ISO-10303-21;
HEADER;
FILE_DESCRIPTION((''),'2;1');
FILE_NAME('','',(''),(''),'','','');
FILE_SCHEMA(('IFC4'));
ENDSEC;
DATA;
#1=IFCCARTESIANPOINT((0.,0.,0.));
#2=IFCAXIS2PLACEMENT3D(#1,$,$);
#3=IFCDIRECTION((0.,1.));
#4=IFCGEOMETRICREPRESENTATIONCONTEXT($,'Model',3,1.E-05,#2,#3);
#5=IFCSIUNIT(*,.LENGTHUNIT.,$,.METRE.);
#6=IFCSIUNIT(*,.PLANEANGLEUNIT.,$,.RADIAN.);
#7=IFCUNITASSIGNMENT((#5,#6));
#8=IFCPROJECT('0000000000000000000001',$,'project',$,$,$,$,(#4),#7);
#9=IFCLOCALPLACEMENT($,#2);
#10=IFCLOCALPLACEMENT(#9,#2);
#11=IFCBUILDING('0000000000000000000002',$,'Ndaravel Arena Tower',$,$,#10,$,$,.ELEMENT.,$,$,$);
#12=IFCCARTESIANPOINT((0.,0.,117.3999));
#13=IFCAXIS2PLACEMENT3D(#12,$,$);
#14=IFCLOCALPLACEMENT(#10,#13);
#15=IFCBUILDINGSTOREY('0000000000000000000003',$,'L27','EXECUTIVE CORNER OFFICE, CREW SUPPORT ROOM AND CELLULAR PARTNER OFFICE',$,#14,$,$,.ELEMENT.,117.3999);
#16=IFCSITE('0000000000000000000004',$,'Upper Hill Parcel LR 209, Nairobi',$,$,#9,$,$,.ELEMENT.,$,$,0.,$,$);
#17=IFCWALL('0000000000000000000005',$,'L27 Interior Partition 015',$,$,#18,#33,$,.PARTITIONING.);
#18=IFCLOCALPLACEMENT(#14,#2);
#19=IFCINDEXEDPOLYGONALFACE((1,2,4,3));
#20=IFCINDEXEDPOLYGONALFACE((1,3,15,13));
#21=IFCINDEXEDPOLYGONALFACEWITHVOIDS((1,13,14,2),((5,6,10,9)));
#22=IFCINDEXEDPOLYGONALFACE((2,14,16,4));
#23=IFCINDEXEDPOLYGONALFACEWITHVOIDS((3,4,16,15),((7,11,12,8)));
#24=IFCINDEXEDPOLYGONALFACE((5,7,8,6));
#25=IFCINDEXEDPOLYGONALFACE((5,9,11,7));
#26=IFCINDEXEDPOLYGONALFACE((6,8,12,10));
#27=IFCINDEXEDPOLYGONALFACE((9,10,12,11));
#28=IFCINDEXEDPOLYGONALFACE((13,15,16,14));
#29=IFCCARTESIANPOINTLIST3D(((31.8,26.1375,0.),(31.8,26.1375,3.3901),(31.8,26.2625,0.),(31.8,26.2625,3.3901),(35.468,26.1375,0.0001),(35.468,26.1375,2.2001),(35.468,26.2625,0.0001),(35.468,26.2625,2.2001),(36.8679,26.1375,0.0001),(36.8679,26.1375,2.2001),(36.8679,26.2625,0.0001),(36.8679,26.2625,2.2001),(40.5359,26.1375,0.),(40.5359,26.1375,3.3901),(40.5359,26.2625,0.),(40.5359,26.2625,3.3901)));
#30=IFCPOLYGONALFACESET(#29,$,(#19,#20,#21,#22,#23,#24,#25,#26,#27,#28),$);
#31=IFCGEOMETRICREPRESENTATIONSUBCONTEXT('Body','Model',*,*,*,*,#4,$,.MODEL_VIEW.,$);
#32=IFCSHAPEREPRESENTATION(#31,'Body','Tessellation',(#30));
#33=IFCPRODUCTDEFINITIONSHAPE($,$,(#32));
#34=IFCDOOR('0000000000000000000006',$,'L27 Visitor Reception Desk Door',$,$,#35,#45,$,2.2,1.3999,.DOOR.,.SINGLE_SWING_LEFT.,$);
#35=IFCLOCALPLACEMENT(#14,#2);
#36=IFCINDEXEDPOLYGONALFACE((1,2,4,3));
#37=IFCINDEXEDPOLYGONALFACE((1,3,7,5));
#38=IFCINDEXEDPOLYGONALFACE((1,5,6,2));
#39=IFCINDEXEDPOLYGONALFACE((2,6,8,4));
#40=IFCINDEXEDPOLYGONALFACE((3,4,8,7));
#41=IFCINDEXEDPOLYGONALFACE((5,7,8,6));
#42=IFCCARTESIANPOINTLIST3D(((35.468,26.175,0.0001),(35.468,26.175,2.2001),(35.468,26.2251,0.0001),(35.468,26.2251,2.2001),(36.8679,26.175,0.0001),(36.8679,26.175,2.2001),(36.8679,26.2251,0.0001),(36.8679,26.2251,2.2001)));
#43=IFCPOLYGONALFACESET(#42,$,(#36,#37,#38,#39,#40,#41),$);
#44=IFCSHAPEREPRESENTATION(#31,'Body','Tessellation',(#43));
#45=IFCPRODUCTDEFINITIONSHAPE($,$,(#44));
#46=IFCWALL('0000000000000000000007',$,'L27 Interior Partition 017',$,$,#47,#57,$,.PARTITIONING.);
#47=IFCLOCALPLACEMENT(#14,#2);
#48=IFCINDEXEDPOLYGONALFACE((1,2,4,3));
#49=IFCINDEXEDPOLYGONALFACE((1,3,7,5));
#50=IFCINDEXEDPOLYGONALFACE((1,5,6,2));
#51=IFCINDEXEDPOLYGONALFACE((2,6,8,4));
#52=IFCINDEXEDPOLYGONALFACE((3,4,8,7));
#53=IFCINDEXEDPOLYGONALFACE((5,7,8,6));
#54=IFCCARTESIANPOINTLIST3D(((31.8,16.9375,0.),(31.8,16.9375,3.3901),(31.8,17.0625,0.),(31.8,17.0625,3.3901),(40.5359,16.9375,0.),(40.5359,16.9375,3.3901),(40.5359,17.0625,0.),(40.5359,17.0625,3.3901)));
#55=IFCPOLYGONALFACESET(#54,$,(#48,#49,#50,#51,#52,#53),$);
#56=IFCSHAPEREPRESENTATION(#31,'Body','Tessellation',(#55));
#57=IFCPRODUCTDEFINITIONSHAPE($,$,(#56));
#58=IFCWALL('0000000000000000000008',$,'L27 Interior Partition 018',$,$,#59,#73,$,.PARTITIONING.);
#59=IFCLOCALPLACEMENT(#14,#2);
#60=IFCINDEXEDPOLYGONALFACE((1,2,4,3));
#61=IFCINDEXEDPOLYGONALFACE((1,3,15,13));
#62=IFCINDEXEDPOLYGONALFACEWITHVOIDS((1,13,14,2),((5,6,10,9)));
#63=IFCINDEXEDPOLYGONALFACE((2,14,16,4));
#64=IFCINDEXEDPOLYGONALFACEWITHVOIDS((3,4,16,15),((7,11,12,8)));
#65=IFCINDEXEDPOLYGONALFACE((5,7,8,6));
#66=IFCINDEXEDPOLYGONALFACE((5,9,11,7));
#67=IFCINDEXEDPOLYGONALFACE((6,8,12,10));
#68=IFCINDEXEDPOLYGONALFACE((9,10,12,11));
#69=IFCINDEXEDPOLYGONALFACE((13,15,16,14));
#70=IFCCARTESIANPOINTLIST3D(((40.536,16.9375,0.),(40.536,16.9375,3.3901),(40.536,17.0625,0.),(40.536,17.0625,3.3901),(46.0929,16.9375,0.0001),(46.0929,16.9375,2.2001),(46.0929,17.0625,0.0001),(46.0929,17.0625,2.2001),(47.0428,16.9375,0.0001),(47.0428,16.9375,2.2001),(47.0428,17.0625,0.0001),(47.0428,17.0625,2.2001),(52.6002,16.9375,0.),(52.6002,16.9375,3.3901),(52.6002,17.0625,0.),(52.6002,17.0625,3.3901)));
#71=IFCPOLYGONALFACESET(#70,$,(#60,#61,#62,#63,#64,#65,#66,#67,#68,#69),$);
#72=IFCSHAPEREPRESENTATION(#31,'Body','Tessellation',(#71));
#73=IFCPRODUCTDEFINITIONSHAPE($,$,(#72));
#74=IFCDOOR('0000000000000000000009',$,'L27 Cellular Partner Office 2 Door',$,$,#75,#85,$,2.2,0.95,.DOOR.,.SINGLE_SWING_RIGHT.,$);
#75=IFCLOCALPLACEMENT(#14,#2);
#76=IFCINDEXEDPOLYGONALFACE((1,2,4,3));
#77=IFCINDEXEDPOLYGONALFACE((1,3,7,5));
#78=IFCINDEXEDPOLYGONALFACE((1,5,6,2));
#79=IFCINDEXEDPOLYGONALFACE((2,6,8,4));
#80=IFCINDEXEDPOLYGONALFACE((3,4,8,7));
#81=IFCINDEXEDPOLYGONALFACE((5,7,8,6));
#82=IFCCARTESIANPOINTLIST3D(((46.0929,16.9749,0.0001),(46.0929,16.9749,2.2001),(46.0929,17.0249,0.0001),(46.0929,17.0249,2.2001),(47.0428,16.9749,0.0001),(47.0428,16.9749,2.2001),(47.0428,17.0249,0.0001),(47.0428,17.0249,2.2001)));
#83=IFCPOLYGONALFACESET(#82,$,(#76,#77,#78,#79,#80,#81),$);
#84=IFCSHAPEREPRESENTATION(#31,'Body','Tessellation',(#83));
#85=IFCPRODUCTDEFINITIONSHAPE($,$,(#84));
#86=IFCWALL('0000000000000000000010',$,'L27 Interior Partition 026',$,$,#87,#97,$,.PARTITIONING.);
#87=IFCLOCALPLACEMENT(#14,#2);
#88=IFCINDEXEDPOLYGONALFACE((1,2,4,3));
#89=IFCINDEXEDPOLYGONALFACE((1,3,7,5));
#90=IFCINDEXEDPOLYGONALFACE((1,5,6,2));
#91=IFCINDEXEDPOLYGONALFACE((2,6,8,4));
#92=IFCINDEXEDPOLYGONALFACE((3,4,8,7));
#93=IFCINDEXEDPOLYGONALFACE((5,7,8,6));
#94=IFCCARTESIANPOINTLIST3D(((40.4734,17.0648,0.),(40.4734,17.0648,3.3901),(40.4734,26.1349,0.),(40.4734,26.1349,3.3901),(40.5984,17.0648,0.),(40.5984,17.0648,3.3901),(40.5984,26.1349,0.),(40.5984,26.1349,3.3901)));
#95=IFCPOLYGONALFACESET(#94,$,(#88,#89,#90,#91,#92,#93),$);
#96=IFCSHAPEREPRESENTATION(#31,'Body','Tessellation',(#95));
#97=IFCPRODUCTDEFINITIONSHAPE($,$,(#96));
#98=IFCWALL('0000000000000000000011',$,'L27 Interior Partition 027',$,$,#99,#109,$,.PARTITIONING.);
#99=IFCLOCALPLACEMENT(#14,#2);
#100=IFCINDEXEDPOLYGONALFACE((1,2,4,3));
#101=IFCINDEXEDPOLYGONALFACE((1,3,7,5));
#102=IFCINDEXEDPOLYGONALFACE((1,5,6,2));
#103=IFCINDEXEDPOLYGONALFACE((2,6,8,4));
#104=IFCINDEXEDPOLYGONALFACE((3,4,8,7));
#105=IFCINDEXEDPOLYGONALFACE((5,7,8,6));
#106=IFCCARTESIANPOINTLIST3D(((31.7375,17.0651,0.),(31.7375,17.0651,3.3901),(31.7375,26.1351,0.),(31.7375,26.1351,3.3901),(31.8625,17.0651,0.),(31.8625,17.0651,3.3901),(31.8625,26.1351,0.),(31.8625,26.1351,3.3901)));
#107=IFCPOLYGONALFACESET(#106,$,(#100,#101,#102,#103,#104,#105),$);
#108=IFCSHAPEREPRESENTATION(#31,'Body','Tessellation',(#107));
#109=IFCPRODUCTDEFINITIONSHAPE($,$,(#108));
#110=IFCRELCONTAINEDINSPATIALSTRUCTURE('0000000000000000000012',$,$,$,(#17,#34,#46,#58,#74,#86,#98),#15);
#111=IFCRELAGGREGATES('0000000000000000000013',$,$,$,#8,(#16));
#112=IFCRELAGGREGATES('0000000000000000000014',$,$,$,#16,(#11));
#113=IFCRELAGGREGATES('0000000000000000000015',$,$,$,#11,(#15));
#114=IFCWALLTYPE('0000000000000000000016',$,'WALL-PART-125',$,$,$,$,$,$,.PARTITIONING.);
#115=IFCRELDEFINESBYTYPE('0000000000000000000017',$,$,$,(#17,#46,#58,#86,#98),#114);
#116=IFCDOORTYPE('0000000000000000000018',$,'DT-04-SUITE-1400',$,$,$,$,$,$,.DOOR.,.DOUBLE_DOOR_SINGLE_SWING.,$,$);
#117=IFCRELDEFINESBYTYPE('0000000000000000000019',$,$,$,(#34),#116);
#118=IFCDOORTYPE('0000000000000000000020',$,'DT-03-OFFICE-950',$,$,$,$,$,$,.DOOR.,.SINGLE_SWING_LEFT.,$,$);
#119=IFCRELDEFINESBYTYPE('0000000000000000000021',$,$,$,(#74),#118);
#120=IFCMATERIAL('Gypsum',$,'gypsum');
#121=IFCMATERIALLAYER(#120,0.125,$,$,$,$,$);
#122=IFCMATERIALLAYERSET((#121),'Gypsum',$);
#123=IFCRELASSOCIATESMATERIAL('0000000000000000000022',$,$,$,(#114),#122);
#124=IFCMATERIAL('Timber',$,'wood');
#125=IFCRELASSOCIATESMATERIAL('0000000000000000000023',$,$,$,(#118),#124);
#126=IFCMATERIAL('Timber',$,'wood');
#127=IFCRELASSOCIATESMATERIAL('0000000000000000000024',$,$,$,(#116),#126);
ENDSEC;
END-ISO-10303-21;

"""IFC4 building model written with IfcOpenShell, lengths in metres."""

from ifc_helpers import new_model, si_unit, direction, frame, frame_2d, origin, place, context, subcontext, project, spatial, rectangle, extrude, material, layer, layer_set, type_object, element, fill, save


model = new_model("IFC4")

# Units and contexts
model_context = context("Model", 3, precision=1e-05, world=origin(), true_north=direction((0.0, 1.0)))
body_context = subcontext(model_context, "Body", "Model", "MODEL_VIEW")
ifc_project = project(units=[si_unit("LENGTHUNIT", "METRE"), si_unit("PLANEANGLEUNIT", "RADIAN")], contexts=[model_context])

# Site, building, storey
site_placement = place(None, origin())
site = spatial("IfcSite", under=ifc_project, at=site_placement, Name="Upper Hill Parcel LR 209, Nairobi", CompositionType="ELEMENT", RefElevation=0.0)
building_placement = place(site_placement, origin())
building = spatial("IfcBuilding", under=site, at=building_placement, Name="Ndaravel Arena Tower", CompositionType="ELEMENT")
storey_placement = place(building_placement, frame((0.0, 0.0, 117.3999)))
storey = spatial("IfcBuildingStorey", under=building, at=storey_placement, Name="L27", Description="EXECUTIVE CORNER OFFICE, CREW SUPPORT ROOM AND CELLULAR PARTNER OFFICE", CompositionType="ELEMENT", Elevation=117.3999)

# Wall, opening, door
ifc_material_1 = material(Name="Gypsum", Category="gypsum")
ifc_layer_1 = layer(ifc_material_1, 0.125)
ifc_layer_set_1 = layer_set([ifc_layer_1], Name="Gypsum")
wall_type = type_object("IfcWallType", Name="WALL-PART-125", PredefinedType="PARTITIONING", material=ifc_layer_set_1)
ifc_material_2 = material(Name="Timber", Category="wood")
door_type_1 = type_object("IfcDoorType", Name="DT-03-OFFICE-950", OperationType="SINGLE_SWING_LEFT", PredefinedType="DOOR", material=ifc_material_2)
wall_1_placement = place(storey_placement, frame((40.5359, 26.2, 0.0), z_axis=(0.0, 0.0, 1.0), x_axis=(-1.0, 0.0, 0.0)))
wall_1 = element("IfcWall", 1, at=wall_1_placement, inside=storey, type_object=wall_type, Name="L27 Interior Partition 015", PredefinedType="PARTITIONING", context=body_context, shape_type="SweptSolid", body=[
    extrude(rectangle(XDim=8.7358, YDim=0.125, at=frame_2d((4.3679, 0.0))), origin(), (0.0, 0.0, 1.0), 3.3901),
])
opening_1_placement = place(wall_1_placement, frame((3.668, 0.0, 0.0)))
opening_1 = element("IfcOpeningElement", 2, at=opening_1_placement, cuts=wall_1, PredefinedType="OPENING", context=body_context, shape_type="SweptSolid", body=[
    extrude(rectangle(XDim=1.3999, YDim=2.2, at=frame_2d((0.7, 1.1001))), frame((0.0, 0.0625, 0.0), z_axis=(0.0, -1.0, 0.0), x_axis=(1.0, 0.0, 0.0)), (0.0, 0.0, 1.0), 0.125),
])
ifc_material_3 = material(Name="Timber", Category="wood")
door_type_2 = type_object("IfcDoorType", Name="DT-04-SUITE-1400", OperationType="DOUBLE_DOOR_SINGLE_SWING", PredefinedType="DOOR", material=ifc_material_3)
door_1_placement = place(opening_1_placement, origin())
door_1 = element("IfcDoor", 3, at=door_1_placement, inside=storey, type_object=door_type_2, Name="L27 Visitor Reception Desk Door", OperationType="SINGLE_SWING_LEFT", OverallHeight=2.2, OverallWidth=1.3999, PredefinedType="DOOR", context=body_context, shape_type="SweptSolid", body=[
    extrude(rectangle(XDim=1.3999, YDim=2.2, at=frame_2d((0.7, 1.1001))), frame((0.0, 0.0249, 0.0), z_axis=(0.0, -1.0, 0.0), x_axis=(1.0, 0.0, 0.0)), (0.0, 0.0, 1.0), 0.05),
])
fill(opening_1, door_1)

# Wall
wall_2_placement = place(storey_placement, frame((31.8, 17.0, 0.0), z_axis=(0.0, 0.0, 1.0), x_axis=(1.0, 0.0, 0.0)))
element("IfcWall", 4, at=wall_2_placement, inside=storey, type_object=wall_type, Name="L27 Interior Partition 017", PredefinedType="PARTITIONING", context=body_context, shape_type="SweptSolid", body=[
    extrude(rectangle(XDim=8.7358, YDim=0.125, at=frame_2d((4.3679, 0.0))), origin(), (0.0, 0.0, 1.0), 3.3901),
])

# Wall, opening, door
wall_3_placement = place(storey_placement, frame((40.5359, 17.0, 0.0), z_axis=(0.0, 0.0, 1.0), x_axis=(1.0, 0.0, 0.0)))
wall_3 = element("IfcWall", 5, at=wall_3_placement, inside=storey, type_object=wall_type, Name="L27 Interior Partition 018", PredefinedType="PARTITIONING", context=body_context, shape_type="SweptSolid", body=[
    extrude(rectangle(XDim=12.0642, YDim=0.125, at=frame_2d((6.0322, 0.0))), origin(), (0.0, 0.0, 1.0), 3.3901),
])
opening_2_placement = place(wall_3_placement, frame((5.5569, 0.0, 0.0)))
opening_2 = element("IfcOpeningElement", 6, at=opening_2_placement, cuts=wall_3, PredefinedType="OPENING", context=body_context, shape_type="SweptSolid", body=[
    extrude(rectangle(XDim=0.95, YDim=2.2, at=frame_2d((0.4751, 1.1001))), frame((0.0, 0.0625, 0.0), z_axis=(0.0, -1.0, 0.0), x_axis=(1.0, 0.0, 0.0)), (0.0, 0.0, 1.0), 0.125),
])
door_2_placement = place(opening_2_placement, origin())
door_2 = element("IfcDoor", 7, at=door_2_placement, inside=storey, type_object=door_type_1, Name="L27 Cellular Partner Office 2 Door", OperationType="SINGLE_SWING_RIGHT", OverallHeight=2.2, OverallWidth=0.95, PredefinedType="DOOR", context=body_context, shape_type="SweptSolid", body=[
    extrude(rectangle(XDim=0.95, YDim=2.2, at=frame_2d((0.4751, 1.1001))), frame((0.0, 0.0249, 0.0), z_axis=(0.0, -1.0, 0.0), x_axis=(1.0, 0.0, 0.0)), (0.0, 0.0, 1.0), 0.05),
])
fill(opening_2, door_2)

# Walls
for number, where, z_axis, x_axis, name in (
    (8, (40.5359, 26.135, 0.0), (0.0, 0.0, 1.0), (0.0, -1.0, 0.0), "L27 Interior Partition 026"),
    (9, (31.8, 17.0649, 0.0), (0.0, 0.0, 1.0), (0.0, 1.0, 0.0), "L27 Interior Partition 027"),
):
    element("IfcWall", number, at=place(storey_placement, frame(where, z_axis=z_axis, x_axis=x_axis)), inside=storey, type_object=wall_type, Name=name, PredefinedType="PARTITIONING", context=body_context, shape_type="SweptSolid", body=[
        extrude(rectangle(XDim=9.0701, YDim=0.125, at=frame_2d((4.5352, 0.0))), origin(), (0.0, 0.0, 1.0), 3.3901),
    ])

save(model, "model.ifc")
